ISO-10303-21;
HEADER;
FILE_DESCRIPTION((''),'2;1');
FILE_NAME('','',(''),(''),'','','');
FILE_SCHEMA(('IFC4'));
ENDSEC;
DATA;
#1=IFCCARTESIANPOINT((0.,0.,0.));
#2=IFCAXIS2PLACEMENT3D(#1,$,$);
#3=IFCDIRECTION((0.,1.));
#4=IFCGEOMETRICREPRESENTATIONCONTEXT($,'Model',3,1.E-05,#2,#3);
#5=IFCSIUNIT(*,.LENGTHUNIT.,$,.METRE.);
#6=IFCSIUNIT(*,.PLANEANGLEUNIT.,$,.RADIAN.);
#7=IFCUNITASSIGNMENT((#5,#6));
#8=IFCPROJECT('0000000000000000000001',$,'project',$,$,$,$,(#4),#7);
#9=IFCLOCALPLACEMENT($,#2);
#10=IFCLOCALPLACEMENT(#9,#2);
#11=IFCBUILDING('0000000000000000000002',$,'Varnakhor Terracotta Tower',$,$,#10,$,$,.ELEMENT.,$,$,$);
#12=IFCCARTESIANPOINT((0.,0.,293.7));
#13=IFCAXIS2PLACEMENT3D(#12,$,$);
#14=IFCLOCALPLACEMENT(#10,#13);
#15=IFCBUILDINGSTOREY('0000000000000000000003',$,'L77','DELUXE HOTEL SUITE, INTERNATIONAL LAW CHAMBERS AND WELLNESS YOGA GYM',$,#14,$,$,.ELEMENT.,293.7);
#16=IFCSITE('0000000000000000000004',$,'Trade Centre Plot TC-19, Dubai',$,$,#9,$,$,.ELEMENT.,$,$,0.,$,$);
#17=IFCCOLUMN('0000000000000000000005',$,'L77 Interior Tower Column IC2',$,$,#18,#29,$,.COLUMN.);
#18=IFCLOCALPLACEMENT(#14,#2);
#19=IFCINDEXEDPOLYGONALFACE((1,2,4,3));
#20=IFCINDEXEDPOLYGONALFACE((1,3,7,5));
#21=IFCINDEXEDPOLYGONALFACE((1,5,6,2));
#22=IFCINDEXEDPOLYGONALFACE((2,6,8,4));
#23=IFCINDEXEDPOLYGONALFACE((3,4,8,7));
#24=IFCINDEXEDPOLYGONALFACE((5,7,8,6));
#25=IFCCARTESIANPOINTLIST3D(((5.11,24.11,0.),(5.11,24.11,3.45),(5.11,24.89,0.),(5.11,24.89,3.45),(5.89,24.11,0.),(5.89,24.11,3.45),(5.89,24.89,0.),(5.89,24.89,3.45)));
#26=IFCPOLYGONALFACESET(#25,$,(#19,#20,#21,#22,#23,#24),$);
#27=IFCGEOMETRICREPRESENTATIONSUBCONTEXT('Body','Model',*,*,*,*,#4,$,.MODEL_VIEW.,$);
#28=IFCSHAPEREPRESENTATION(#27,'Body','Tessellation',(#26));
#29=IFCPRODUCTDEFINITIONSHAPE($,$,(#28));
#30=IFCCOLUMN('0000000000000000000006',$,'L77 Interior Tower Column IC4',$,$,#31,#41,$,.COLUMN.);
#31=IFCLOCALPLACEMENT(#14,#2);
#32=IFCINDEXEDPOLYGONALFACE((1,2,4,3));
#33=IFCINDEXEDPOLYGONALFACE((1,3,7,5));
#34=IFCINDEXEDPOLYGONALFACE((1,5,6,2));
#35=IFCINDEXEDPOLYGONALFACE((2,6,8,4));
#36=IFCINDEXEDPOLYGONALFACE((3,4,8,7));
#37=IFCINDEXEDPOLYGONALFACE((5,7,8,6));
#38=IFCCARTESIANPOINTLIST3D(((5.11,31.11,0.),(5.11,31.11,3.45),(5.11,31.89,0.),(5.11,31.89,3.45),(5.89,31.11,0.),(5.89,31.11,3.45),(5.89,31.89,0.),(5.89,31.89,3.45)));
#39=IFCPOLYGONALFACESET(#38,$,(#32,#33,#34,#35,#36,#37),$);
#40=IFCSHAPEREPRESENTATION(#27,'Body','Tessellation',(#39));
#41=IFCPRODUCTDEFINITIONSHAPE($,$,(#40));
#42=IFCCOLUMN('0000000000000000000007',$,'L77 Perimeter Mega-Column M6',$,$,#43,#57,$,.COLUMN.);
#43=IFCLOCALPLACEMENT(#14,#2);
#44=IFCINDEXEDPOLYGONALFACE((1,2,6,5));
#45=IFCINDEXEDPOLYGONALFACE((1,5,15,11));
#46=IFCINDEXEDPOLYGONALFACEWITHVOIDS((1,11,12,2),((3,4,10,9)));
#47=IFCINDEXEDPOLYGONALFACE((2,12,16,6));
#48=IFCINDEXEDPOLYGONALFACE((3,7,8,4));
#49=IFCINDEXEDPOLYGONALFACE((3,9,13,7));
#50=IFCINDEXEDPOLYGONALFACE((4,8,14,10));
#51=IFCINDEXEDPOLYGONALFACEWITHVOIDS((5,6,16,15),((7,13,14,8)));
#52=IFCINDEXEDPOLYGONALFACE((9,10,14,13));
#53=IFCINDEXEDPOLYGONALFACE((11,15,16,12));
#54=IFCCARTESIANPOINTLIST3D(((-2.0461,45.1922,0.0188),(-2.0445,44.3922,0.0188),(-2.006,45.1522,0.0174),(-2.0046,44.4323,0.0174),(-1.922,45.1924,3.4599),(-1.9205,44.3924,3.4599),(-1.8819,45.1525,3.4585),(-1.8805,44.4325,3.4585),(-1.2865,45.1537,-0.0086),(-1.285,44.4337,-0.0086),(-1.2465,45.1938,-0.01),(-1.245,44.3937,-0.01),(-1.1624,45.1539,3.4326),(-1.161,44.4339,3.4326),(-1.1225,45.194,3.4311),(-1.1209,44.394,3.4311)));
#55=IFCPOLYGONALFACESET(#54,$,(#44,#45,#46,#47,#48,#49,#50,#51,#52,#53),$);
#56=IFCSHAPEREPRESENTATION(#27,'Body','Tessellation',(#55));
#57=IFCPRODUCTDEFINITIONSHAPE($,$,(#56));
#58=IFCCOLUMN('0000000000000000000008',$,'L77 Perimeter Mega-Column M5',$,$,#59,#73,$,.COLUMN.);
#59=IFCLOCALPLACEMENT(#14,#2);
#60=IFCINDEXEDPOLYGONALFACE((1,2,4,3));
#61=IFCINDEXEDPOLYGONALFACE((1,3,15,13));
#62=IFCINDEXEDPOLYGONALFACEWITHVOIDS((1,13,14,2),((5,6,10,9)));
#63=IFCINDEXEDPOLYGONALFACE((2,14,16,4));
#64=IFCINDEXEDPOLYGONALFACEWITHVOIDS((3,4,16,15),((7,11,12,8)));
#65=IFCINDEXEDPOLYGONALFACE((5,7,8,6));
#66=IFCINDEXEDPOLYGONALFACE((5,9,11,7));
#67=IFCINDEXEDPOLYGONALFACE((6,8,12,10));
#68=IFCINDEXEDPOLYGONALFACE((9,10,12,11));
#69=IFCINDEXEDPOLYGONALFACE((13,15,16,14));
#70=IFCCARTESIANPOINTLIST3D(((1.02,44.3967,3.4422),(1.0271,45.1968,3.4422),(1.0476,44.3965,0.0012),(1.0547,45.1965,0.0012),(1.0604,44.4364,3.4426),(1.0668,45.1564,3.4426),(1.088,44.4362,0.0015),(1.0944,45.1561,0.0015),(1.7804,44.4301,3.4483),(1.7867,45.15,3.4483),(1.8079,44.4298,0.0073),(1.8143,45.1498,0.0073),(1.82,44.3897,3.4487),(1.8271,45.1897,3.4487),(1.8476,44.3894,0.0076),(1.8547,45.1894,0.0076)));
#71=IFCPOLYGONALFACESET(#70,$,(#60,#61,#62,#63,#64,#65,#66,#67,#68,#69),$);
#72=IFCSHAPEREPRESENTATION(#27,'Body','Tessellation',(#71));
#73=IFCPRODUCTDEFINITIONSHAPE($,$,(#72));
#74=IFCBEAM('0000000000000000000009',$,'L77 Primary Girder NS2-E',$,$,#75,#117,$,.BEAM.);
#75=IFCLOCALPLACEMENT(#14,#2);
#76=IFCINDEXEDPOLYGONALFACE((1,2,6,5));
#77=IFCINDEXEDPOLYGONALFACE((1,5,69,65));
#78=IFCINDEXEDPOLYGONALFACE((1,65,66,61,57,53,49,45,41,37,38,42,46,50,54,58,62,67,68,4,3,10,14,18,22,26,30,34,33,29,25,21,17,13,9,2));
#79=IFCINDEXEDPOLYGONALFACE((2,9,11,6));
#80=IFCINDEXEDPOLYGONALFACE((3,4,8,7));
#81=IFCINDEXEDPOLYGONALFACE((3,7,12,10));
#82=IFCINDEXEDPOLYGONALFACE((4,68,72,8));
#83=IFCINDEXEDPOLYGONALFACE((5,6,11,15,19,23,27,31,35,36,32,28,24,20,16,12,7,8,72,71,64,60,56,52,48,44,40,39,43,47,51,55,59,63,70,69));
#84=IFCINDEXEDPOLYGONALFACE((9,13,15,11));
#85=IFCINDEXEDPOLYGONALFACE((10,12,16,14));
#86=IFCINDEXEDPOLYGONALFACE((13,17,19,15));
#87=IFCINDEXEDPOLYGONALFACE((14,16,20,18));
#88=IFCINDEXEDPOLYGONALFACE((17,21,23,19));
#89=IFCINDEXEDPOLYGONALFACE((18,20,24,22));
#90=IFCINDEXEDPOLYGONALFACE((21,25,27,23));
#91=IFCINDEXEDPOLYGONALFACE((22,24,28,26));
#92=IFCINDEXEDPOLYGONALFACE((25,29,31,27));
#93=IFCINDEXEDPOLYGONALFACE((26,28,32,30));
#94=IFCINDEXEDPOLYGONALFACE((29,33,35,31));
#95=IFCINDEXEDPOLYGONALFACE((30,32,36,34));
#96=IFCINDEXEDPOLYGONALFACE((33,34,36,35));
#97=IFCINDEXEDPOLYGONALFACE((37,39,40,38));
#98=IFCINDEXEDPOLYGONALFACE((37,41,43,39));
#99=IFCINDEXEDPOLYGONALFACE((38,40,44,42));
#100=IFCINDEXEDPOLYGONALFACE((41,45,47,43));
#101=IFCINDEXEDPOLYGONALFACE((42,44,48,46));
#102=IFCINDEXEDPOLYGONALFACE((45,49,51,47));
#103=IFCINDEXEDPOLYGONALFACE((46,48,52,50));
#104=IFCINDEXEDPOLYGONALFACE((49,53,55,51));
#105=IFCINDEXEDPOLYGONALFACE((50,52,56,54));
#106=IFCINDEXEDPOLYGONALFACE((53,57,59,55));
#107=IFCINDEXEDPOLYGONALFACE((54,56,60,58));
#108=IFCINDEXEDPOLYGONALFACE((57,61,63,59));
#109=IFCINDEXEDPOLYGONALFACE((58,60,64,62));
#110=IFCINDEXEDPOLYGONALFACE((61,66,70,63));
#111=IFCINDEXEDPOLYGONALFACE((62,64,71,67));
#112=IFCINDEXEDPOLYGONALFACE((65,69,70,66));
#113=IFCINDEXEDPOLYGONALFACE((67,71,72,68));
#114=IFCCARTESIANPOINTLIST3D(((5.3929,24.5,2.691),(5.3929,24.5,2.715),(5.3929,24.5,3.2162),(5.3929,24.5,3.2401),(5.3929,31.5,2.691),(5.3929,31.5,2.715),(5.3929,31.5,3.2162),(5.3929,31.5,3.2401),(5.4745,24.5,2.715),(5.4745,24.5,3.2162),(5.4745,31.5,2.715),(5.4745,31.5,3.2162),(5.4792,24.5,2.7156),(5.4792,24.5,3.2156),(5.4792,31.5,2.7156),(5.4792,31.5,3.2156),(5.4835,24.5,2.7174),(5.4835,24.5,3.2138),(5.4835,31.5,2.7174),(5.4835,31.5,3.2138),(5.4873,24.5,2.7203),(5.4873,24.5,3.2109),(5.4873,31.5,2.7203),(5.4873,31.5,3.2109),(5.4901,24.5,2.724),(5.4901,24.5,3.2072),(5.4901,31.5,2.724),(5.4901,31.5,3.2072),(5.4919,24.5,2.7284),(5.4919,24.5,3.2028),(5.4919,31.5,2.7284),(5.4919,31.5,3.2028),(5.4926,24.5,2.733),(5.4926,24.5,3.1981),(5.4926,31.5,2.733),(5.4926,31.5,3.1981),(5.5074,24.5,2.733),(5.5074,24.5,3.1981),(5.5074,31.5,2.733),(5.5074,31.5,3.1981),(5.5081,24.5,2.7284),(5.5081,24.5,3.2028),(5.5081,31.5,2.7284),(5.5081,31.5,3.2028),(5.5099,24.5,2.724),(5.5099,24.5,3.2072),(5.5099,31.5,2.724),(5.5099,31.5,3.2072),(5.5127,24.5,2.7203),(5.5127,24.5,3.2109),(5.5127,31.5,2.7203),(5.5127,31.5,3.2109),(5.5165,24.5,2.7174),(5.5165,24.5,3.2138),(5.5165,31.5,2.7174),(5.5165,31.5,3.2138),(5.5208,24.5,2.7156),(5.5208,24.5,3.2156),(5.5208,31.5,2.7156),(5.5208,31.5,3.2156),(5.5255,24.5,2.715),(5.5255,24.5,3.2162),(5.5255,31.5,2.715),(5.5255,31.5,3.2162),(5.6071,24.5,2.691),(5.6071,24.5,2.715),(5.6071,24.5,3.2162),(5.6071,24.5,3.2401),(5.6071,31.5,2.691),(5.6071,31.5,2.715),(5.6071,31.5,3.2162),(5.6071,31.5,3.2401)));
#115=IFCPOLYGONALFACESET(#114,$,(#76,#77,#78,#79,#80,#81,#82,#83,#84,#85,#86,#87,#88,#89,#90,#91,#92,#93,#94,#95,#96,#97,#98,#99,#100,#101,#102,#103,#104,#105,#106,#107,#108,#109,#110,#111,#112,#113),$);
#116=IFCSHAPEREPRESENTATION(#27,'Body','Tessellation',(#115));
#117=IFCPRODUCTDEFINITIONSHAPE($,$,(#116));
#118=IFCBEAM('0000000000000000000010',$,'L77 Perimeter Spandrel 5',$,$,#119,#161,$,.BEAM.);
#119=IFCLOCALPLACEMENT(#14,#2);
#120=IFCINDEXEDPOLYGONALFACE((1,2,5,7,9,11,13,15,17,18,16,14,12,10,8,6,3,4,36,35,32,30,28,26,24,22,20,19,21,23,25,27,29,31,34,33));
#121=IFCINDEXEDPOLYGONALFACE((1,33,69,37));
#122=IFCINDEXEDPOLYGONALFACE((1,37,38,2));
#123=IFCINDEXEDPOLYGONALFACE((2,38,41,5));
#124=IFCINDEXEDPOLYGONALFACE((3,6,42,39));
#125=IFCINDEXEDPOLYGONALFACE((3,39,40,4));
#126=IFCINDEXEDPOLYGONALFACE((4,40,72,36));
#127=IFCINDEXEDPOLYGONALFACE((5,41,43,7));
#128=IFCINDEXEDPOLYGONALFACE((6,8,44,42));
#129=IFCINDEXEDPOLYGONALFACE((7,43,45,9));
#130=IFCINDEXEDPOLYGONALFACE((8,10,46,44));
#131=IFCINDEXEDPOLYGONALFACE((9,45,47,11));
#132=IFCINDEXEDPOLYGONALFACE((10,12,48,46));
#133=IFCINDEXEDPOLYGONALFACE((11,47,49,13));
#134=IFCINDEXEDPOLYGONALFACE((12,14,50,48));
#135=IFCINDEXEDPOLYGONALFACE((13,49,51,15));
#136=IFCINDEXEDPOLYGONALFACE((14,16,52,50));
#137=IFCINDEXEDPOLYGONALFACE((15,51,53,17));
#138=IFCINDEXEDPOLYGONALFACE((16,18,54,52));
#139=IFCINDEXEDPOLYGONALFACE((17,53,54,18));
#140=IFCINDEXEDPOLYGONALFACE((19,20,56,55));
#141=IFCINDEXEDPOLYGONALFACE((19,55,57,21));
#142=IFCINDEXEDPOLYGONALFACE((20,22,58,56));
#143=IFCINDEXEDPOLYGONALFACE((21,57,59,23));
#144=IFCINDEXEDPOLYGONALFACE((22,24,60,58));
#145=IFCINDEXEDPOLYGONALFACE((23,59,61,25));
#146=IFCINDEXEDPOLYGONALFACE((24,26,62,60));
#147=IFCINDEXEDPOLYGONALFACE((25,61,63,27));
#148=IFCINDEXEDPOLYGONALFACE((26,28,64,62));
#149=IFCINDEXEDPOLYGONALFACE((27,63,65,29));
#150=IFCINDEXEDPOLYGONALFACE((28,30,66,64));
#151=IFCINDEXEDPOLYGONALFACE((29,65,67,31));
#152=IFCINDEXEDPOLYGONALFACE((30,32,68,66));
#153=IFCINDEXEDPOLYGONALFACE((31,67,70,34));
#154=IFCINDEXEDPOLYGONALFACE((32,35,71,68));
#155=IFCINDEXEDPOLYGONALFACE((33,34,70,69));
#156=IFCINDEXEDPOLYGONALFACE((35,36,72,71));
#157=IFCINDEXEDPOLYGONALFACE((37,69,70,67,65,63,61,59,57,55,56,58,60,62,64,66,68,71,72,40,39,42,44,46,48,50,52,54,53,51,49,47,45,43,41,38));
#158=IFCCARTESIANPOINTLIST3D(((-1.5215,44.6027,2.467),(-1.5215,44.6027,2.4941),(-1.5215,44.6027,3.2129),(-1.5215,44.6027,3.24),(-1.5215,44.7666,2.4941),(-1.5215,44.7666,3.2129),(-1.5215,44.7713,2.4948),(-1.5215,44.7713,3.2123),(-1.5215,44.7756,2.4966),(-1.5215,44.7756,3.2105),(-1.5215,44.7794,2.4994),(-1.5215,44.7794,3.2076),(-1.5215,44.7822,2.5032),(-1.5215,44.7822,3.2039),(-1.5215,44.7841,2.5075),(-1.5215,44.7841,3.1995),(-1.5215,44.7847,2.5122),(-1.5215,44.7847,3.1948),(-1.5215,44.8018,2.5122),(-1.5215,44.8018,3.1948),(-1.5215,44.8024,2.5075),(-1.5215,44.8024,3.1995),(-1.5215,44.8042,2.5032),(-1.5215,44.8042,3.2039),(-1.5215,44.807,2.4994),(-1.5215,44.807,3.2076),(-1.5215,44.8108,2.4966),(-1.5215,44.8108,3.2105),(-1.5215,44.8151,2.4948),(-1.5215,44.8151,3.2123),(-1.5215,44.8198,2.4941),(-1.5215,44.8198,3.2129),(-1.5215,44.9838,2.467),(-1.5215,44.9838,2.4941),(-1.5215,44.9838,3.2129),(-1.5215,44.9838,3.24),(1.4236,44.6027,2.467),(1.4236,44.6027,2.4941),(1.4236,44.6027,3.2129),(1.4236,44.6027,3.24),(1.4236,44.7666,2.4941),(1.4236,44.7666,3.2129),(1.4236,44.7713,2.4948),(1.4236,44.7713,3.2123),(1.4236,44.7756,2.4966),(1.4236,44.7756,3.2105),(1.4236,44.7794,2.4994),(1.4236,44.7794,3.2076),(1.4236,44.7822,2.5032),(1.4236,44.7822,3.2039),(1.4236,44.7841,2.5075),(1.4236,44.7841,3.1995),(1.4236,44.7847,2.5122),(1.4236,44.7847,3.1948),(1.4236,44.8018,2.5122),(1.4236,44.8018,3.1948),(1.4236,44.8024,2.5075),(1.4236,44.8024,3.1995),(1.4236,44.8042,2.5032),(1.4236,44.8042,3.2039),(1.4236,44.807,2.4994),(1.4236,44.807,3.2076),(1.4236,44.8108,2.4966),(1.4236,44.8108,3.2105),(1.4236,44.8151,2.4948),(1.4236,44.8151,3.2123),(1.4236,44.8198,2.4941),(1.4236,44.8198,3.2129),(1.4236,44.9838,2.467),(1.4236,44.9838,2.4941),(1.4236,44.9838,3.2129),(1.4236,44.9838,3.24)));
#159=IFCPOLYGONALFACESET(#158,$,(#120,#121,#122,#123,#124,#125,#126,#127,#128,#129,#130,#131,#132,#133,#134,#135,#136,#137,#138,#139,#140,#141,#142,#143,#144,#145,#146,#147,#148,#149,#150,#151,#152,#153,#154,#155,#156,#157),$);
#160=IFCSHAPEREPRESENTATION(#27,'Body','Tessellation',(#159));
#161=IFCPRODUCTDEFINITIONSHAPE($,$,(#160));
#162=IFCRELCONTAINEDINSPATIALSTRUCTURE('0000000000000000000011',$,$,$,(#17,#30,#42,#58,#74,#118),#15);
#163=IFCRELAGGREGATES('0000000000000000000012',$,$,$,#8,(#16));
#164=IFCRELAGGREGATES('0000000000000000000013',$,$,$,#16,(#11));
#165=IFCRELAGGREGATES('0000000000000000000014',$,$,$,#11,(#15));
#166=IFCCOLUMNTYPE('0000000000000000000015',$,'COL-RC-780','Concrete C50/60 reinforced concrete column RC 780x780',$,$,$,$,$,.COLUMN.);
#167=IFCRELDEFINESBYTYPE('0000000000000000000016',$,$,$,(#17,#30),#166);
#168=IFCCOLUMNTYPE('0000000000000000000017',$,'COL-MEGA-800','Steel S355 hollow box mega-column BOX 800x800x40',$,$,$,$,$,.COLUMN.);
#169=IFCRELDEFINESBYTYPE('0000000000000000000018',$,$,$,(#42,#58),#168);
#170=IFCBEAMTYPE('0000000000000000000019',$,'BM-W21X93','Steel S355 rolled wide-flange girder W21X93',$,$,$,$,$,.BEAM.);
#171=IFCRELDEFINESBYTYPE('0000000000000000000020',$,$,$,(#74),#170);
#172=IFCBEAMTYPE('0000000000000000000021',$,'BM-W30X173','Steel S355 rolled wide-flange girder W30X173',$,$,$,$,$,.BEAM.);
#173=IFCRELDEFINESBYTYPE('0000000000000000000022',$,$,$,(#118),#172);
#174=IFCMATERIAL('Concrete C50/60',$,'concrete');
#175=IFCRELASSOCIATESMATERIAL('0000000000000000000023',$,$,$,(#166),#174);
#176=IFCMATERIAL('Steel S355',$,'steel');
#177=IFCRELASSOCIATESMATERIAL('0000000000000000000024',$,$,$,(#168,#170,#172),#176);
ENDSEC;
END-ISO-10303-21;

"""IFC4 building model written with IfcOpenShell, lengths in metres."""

from ifc_helpers import new_model, si_unit, direction, frame, origin, origin_2d, place, context, subcontext, project, spatial, rectangle, hollow_rectangle, i_section, extrude, source, transform, mapped, material, material_profile, profile_set, type_object, element, save


model = new_model("IFC4")

# Units and contexts
model_context = context("Model", 3, precision=1e-05, world=origin(), true_north=direction((0.0, 1.0)))
body_context = subcontext(model_context, "Body", "Model", "MODEL_VIEW")
ifc_project = project(units=[si_unit("LENGTHUNIT", "METRE"), si_unit("PLANEANGLEUNIT", "RADIAN")], contexts=[model_context])

# Site, building, storey
site_placement = place(None, origin())
site = spatial("IfcSite", under=ifc_project, at=site_placement, Name="Trade Centre Plot TC-19, Dubai", CompositionType="ELEMENT", RefElevation=0.0)
building_placement = place(site_placement, origin())
building = spatial("IfcBuilding", under=site, at=building_placement, Name="Varnakhor Terracotta Tower", CompositionType="ELEMENT")
storey_placement = place(building_placement, frame((0.0, 0.0, 293.7)))
storey = spatial("IfcBuildingStorey", under=building, at=storey_placement, Name="L77", Description="DELUXE HOTEL SUITE, INTERNATIONAL LAW CHAMBERS AND WELLNESS YOGA GYM", CompositionType="ELEMENT", Elevation=293.7)

# Columns
ifc_material_1 = material(Name="Concrete C50/60", Category="concrete")
ifc_material_profile_1 = material_profile(ifc_material_1, rectangle(XDim=0.78, YDim=0.78, at=origin_2d()), Name="RC 780x780")
ifc_profile_set_1 = profile_set([ifc_material_profile_1], Name="Concrete C50/60")
column_type_1 = type_object("IfcColumnType", Name="COL-RC-780", Description="Concrete C50/60 reinforced concrete column RC 780x780", PredefinedType="COLUMN", material=ifc_profile_set_1)
shared_shape_1 = source(origin(), body_context, "Body", "SweptSolid", [
    extrude(rectangle(XDim=0.78, YDim=0.78, at=origin_2d()), origin(), (0.0, 0.0, 1.0), 3.45),
])
for number, where, z_axis, x_axis, name in (
    (1, (5.5, 24.5, 0.0), (0.0, 0.0, 1.0), (1.0, 0.0, 0.0), "L77 Interior Tower Column IC2"),
    (2, (5.5, 31.5, 0.0), (0.0, 0.0, 1.0), (1.0, 0.0, 0.0), "L77 Interior Tower Column IC4"),
):
    element("IfcColumn", number, at=place(storey_placement, frame(where, z_axis=z_axis, x_axis=x_axis)), inside=storey, type_object=column_type_1, Name=name, PredefinedType="COLUMN", context=body_context, shape_type="MappedRepresentation", body=[
        mapped(shared_shape_1, transform((0.0, 0.0, 0.0), scale=1.0)),
    ])
ifc_material_2 = material(Name="Steel S355", Category="steel")
ifc_material_profile_2 = material_profile(ifc_material_2, hollow_rectangle(XDim=0.8, YDim=0.8, WallThickness=0.04, at=origin_2d()), Name="BOX 800x800x40")
ifc_profile_set_2 = profile_set([ifc_material_profile_2], Name="Steel S355")
column_type_2 = type_object("IfcColumnType", Name="COL-MEGA-800", Description="Steel S355 hollow box mega-column BOX 800x800x40", PredefinedType="COLUMN", material=ifc_profile_set_2)
shared_shape_2 = source(origin(), body_context, "Body", "SweptSolid", [
    extrude(hollow_rectangle(XDim=0.8, YDim=0.8, WallThickness=0.04, at=origin_2d()), origin(), (0.0, 0.0, 1.0), 3.4434),
])
column_1_placement = place(storey_placement, frame((-1.6455, 44.793, 0.0044), z_axis=(0.036018, 0.000071, 0.999351), x_axis=(-0.001969, 0.999998, 0.0)))
element("IfcColumn", 3, at=column_1_placement, inside=storey, type_object=column_type_2, Name="L77 Perimeter Mega-Column M6", PredefinedType="COLUMN", context=body_context, shape_type="MappedRepresentation", body=[
    mapped(shared_shape_2, transform((0.0, 0.0, 0.0), scale=1.0)),
])
shared_shape_3 = source(origin(), body_context, "Body", "SweptSolid", [
    extrude(hollow_rectangle(XDim=0.8, YDim=0.8, WallThickness=0.04, at=origin_2d()), origin(), (0.0, 0.0, 1.0), 3.4412),
])
column_2_placement = place(storey_placement, frame((1.4512, 44.793, 0.0044), z_axis=(-0.008017, 0.000071, 0.999968), x_axis=(-0.008849, -0.999961, 0.0)))
element("IfcColumn", 4, at=column_2_placement, inside=storey, type_object=column_type_2, Name="L77 Perimeter Mega-Column M5", PredefinedType="COLUMN", context=body_context, shape_type="MappedRepresentation", body=[
    mapped(shared_shape_3, transform((0.0, 0.0, 0.0), scale=1.0)),
])

# Beams
ifc_material_profile_3 = material_profile(ifc_material_2, i_section(OverallWidth=0.2141, OverallDepth=0.5491, WebThickness=0.0149, FlangeThickness=0.0239, FilletRadius=0.0181, at=origin_2d()), Name="W21X93")
ifc_profile_set_3 = profile_set([ifc_material_profile_3], Name="Steel S355")
beam_type_1 = type_object("IfcBeamType", Name="BM-W21X93", Description="Steel S355 rolled wide-flange girder W21X93", PredefinedType="BEAM", material=ifc_profile_set_3)
shared_shape_4 = source(origin(), body_context, "Body", "SweptSolid", [
    extrude(i_section(OverallWidth=0.2141, OverallDepth=0.5491, WebThickness=0.0149, FlangeThickness=0.0239, FilletRadius=0.0181, at=origin_2d()), origin(), (0.0, 0.0, 1.0), 7.0),
])
beam_1_placement = place(storey_placement, frame((5.5, 24.5, 2.9656), z_axis=(0.0, 1.0, 0.0), x_axis=(-1.0, 0.0, 0.0)))
element("IfcBeam", 5, at=beam_1_placement, inside=storey, type_object=beam_type_1, Name="L77 Primary Girder NS2-E", PredefinedType="BEAM", context=body_context, shape_type="MappedRepresentation", body=[
    mapped(shared_shape_4, transform((0.0, 0.0, 0.0), scale=1.0)),
])
ifc_material_profile_4 = material_profile(ifc_material_2, i_section(OverallWidth=0.3811, OverallDepth=0.7729, WebThickness=0.0171, FlangeThickness=0.0271, FilletRadius=0.0181, at=origin_2d()), Name="W30X173")
ifc_profile_set_4 = profile_set([ifc_material_profile_4], Name="Steel S355")
beam_type_2 = type_object("IfcBeamType", Name="BM-W30X173", Description="Steel S355 rolled wide-flange girder W30X173", PredefinedType="BEAM", material=ifc_profile_set_4)
shared_shape_5 = source(origin(), body_context, "Body", "SweptSolid", [
    extrude(i_section(OverallWidth=0.3811, OverallDepth=0.7729, WebThickness=0.0171, FlangeThickness=0.0271, FilletRadius=0.0181, at=origin_2d()), origin(), (0.0, 0.0, 1.0), 2.9451),
])
beam_2_placement = place(storey_placement, frame((1.4236, 44.7932, 2.8535), z_axis=(-1.0, 0.0, 0.0), x_axis=(0.0, -1.0, 0.0)))
element("IfcBeam", 6, at=beam_2_placement, inside=storey, type_object=beam_type_2, Name="L77 Perimeter Spandrel 5", PredefinedType="BEAM", context=body_context, shape_type="MappedRepresentation", body=[
    mapped(shared_shape_5, transform((0.0, 0.0, 0.0), scale=1.0)),
])

save(model, "model.ifc")
